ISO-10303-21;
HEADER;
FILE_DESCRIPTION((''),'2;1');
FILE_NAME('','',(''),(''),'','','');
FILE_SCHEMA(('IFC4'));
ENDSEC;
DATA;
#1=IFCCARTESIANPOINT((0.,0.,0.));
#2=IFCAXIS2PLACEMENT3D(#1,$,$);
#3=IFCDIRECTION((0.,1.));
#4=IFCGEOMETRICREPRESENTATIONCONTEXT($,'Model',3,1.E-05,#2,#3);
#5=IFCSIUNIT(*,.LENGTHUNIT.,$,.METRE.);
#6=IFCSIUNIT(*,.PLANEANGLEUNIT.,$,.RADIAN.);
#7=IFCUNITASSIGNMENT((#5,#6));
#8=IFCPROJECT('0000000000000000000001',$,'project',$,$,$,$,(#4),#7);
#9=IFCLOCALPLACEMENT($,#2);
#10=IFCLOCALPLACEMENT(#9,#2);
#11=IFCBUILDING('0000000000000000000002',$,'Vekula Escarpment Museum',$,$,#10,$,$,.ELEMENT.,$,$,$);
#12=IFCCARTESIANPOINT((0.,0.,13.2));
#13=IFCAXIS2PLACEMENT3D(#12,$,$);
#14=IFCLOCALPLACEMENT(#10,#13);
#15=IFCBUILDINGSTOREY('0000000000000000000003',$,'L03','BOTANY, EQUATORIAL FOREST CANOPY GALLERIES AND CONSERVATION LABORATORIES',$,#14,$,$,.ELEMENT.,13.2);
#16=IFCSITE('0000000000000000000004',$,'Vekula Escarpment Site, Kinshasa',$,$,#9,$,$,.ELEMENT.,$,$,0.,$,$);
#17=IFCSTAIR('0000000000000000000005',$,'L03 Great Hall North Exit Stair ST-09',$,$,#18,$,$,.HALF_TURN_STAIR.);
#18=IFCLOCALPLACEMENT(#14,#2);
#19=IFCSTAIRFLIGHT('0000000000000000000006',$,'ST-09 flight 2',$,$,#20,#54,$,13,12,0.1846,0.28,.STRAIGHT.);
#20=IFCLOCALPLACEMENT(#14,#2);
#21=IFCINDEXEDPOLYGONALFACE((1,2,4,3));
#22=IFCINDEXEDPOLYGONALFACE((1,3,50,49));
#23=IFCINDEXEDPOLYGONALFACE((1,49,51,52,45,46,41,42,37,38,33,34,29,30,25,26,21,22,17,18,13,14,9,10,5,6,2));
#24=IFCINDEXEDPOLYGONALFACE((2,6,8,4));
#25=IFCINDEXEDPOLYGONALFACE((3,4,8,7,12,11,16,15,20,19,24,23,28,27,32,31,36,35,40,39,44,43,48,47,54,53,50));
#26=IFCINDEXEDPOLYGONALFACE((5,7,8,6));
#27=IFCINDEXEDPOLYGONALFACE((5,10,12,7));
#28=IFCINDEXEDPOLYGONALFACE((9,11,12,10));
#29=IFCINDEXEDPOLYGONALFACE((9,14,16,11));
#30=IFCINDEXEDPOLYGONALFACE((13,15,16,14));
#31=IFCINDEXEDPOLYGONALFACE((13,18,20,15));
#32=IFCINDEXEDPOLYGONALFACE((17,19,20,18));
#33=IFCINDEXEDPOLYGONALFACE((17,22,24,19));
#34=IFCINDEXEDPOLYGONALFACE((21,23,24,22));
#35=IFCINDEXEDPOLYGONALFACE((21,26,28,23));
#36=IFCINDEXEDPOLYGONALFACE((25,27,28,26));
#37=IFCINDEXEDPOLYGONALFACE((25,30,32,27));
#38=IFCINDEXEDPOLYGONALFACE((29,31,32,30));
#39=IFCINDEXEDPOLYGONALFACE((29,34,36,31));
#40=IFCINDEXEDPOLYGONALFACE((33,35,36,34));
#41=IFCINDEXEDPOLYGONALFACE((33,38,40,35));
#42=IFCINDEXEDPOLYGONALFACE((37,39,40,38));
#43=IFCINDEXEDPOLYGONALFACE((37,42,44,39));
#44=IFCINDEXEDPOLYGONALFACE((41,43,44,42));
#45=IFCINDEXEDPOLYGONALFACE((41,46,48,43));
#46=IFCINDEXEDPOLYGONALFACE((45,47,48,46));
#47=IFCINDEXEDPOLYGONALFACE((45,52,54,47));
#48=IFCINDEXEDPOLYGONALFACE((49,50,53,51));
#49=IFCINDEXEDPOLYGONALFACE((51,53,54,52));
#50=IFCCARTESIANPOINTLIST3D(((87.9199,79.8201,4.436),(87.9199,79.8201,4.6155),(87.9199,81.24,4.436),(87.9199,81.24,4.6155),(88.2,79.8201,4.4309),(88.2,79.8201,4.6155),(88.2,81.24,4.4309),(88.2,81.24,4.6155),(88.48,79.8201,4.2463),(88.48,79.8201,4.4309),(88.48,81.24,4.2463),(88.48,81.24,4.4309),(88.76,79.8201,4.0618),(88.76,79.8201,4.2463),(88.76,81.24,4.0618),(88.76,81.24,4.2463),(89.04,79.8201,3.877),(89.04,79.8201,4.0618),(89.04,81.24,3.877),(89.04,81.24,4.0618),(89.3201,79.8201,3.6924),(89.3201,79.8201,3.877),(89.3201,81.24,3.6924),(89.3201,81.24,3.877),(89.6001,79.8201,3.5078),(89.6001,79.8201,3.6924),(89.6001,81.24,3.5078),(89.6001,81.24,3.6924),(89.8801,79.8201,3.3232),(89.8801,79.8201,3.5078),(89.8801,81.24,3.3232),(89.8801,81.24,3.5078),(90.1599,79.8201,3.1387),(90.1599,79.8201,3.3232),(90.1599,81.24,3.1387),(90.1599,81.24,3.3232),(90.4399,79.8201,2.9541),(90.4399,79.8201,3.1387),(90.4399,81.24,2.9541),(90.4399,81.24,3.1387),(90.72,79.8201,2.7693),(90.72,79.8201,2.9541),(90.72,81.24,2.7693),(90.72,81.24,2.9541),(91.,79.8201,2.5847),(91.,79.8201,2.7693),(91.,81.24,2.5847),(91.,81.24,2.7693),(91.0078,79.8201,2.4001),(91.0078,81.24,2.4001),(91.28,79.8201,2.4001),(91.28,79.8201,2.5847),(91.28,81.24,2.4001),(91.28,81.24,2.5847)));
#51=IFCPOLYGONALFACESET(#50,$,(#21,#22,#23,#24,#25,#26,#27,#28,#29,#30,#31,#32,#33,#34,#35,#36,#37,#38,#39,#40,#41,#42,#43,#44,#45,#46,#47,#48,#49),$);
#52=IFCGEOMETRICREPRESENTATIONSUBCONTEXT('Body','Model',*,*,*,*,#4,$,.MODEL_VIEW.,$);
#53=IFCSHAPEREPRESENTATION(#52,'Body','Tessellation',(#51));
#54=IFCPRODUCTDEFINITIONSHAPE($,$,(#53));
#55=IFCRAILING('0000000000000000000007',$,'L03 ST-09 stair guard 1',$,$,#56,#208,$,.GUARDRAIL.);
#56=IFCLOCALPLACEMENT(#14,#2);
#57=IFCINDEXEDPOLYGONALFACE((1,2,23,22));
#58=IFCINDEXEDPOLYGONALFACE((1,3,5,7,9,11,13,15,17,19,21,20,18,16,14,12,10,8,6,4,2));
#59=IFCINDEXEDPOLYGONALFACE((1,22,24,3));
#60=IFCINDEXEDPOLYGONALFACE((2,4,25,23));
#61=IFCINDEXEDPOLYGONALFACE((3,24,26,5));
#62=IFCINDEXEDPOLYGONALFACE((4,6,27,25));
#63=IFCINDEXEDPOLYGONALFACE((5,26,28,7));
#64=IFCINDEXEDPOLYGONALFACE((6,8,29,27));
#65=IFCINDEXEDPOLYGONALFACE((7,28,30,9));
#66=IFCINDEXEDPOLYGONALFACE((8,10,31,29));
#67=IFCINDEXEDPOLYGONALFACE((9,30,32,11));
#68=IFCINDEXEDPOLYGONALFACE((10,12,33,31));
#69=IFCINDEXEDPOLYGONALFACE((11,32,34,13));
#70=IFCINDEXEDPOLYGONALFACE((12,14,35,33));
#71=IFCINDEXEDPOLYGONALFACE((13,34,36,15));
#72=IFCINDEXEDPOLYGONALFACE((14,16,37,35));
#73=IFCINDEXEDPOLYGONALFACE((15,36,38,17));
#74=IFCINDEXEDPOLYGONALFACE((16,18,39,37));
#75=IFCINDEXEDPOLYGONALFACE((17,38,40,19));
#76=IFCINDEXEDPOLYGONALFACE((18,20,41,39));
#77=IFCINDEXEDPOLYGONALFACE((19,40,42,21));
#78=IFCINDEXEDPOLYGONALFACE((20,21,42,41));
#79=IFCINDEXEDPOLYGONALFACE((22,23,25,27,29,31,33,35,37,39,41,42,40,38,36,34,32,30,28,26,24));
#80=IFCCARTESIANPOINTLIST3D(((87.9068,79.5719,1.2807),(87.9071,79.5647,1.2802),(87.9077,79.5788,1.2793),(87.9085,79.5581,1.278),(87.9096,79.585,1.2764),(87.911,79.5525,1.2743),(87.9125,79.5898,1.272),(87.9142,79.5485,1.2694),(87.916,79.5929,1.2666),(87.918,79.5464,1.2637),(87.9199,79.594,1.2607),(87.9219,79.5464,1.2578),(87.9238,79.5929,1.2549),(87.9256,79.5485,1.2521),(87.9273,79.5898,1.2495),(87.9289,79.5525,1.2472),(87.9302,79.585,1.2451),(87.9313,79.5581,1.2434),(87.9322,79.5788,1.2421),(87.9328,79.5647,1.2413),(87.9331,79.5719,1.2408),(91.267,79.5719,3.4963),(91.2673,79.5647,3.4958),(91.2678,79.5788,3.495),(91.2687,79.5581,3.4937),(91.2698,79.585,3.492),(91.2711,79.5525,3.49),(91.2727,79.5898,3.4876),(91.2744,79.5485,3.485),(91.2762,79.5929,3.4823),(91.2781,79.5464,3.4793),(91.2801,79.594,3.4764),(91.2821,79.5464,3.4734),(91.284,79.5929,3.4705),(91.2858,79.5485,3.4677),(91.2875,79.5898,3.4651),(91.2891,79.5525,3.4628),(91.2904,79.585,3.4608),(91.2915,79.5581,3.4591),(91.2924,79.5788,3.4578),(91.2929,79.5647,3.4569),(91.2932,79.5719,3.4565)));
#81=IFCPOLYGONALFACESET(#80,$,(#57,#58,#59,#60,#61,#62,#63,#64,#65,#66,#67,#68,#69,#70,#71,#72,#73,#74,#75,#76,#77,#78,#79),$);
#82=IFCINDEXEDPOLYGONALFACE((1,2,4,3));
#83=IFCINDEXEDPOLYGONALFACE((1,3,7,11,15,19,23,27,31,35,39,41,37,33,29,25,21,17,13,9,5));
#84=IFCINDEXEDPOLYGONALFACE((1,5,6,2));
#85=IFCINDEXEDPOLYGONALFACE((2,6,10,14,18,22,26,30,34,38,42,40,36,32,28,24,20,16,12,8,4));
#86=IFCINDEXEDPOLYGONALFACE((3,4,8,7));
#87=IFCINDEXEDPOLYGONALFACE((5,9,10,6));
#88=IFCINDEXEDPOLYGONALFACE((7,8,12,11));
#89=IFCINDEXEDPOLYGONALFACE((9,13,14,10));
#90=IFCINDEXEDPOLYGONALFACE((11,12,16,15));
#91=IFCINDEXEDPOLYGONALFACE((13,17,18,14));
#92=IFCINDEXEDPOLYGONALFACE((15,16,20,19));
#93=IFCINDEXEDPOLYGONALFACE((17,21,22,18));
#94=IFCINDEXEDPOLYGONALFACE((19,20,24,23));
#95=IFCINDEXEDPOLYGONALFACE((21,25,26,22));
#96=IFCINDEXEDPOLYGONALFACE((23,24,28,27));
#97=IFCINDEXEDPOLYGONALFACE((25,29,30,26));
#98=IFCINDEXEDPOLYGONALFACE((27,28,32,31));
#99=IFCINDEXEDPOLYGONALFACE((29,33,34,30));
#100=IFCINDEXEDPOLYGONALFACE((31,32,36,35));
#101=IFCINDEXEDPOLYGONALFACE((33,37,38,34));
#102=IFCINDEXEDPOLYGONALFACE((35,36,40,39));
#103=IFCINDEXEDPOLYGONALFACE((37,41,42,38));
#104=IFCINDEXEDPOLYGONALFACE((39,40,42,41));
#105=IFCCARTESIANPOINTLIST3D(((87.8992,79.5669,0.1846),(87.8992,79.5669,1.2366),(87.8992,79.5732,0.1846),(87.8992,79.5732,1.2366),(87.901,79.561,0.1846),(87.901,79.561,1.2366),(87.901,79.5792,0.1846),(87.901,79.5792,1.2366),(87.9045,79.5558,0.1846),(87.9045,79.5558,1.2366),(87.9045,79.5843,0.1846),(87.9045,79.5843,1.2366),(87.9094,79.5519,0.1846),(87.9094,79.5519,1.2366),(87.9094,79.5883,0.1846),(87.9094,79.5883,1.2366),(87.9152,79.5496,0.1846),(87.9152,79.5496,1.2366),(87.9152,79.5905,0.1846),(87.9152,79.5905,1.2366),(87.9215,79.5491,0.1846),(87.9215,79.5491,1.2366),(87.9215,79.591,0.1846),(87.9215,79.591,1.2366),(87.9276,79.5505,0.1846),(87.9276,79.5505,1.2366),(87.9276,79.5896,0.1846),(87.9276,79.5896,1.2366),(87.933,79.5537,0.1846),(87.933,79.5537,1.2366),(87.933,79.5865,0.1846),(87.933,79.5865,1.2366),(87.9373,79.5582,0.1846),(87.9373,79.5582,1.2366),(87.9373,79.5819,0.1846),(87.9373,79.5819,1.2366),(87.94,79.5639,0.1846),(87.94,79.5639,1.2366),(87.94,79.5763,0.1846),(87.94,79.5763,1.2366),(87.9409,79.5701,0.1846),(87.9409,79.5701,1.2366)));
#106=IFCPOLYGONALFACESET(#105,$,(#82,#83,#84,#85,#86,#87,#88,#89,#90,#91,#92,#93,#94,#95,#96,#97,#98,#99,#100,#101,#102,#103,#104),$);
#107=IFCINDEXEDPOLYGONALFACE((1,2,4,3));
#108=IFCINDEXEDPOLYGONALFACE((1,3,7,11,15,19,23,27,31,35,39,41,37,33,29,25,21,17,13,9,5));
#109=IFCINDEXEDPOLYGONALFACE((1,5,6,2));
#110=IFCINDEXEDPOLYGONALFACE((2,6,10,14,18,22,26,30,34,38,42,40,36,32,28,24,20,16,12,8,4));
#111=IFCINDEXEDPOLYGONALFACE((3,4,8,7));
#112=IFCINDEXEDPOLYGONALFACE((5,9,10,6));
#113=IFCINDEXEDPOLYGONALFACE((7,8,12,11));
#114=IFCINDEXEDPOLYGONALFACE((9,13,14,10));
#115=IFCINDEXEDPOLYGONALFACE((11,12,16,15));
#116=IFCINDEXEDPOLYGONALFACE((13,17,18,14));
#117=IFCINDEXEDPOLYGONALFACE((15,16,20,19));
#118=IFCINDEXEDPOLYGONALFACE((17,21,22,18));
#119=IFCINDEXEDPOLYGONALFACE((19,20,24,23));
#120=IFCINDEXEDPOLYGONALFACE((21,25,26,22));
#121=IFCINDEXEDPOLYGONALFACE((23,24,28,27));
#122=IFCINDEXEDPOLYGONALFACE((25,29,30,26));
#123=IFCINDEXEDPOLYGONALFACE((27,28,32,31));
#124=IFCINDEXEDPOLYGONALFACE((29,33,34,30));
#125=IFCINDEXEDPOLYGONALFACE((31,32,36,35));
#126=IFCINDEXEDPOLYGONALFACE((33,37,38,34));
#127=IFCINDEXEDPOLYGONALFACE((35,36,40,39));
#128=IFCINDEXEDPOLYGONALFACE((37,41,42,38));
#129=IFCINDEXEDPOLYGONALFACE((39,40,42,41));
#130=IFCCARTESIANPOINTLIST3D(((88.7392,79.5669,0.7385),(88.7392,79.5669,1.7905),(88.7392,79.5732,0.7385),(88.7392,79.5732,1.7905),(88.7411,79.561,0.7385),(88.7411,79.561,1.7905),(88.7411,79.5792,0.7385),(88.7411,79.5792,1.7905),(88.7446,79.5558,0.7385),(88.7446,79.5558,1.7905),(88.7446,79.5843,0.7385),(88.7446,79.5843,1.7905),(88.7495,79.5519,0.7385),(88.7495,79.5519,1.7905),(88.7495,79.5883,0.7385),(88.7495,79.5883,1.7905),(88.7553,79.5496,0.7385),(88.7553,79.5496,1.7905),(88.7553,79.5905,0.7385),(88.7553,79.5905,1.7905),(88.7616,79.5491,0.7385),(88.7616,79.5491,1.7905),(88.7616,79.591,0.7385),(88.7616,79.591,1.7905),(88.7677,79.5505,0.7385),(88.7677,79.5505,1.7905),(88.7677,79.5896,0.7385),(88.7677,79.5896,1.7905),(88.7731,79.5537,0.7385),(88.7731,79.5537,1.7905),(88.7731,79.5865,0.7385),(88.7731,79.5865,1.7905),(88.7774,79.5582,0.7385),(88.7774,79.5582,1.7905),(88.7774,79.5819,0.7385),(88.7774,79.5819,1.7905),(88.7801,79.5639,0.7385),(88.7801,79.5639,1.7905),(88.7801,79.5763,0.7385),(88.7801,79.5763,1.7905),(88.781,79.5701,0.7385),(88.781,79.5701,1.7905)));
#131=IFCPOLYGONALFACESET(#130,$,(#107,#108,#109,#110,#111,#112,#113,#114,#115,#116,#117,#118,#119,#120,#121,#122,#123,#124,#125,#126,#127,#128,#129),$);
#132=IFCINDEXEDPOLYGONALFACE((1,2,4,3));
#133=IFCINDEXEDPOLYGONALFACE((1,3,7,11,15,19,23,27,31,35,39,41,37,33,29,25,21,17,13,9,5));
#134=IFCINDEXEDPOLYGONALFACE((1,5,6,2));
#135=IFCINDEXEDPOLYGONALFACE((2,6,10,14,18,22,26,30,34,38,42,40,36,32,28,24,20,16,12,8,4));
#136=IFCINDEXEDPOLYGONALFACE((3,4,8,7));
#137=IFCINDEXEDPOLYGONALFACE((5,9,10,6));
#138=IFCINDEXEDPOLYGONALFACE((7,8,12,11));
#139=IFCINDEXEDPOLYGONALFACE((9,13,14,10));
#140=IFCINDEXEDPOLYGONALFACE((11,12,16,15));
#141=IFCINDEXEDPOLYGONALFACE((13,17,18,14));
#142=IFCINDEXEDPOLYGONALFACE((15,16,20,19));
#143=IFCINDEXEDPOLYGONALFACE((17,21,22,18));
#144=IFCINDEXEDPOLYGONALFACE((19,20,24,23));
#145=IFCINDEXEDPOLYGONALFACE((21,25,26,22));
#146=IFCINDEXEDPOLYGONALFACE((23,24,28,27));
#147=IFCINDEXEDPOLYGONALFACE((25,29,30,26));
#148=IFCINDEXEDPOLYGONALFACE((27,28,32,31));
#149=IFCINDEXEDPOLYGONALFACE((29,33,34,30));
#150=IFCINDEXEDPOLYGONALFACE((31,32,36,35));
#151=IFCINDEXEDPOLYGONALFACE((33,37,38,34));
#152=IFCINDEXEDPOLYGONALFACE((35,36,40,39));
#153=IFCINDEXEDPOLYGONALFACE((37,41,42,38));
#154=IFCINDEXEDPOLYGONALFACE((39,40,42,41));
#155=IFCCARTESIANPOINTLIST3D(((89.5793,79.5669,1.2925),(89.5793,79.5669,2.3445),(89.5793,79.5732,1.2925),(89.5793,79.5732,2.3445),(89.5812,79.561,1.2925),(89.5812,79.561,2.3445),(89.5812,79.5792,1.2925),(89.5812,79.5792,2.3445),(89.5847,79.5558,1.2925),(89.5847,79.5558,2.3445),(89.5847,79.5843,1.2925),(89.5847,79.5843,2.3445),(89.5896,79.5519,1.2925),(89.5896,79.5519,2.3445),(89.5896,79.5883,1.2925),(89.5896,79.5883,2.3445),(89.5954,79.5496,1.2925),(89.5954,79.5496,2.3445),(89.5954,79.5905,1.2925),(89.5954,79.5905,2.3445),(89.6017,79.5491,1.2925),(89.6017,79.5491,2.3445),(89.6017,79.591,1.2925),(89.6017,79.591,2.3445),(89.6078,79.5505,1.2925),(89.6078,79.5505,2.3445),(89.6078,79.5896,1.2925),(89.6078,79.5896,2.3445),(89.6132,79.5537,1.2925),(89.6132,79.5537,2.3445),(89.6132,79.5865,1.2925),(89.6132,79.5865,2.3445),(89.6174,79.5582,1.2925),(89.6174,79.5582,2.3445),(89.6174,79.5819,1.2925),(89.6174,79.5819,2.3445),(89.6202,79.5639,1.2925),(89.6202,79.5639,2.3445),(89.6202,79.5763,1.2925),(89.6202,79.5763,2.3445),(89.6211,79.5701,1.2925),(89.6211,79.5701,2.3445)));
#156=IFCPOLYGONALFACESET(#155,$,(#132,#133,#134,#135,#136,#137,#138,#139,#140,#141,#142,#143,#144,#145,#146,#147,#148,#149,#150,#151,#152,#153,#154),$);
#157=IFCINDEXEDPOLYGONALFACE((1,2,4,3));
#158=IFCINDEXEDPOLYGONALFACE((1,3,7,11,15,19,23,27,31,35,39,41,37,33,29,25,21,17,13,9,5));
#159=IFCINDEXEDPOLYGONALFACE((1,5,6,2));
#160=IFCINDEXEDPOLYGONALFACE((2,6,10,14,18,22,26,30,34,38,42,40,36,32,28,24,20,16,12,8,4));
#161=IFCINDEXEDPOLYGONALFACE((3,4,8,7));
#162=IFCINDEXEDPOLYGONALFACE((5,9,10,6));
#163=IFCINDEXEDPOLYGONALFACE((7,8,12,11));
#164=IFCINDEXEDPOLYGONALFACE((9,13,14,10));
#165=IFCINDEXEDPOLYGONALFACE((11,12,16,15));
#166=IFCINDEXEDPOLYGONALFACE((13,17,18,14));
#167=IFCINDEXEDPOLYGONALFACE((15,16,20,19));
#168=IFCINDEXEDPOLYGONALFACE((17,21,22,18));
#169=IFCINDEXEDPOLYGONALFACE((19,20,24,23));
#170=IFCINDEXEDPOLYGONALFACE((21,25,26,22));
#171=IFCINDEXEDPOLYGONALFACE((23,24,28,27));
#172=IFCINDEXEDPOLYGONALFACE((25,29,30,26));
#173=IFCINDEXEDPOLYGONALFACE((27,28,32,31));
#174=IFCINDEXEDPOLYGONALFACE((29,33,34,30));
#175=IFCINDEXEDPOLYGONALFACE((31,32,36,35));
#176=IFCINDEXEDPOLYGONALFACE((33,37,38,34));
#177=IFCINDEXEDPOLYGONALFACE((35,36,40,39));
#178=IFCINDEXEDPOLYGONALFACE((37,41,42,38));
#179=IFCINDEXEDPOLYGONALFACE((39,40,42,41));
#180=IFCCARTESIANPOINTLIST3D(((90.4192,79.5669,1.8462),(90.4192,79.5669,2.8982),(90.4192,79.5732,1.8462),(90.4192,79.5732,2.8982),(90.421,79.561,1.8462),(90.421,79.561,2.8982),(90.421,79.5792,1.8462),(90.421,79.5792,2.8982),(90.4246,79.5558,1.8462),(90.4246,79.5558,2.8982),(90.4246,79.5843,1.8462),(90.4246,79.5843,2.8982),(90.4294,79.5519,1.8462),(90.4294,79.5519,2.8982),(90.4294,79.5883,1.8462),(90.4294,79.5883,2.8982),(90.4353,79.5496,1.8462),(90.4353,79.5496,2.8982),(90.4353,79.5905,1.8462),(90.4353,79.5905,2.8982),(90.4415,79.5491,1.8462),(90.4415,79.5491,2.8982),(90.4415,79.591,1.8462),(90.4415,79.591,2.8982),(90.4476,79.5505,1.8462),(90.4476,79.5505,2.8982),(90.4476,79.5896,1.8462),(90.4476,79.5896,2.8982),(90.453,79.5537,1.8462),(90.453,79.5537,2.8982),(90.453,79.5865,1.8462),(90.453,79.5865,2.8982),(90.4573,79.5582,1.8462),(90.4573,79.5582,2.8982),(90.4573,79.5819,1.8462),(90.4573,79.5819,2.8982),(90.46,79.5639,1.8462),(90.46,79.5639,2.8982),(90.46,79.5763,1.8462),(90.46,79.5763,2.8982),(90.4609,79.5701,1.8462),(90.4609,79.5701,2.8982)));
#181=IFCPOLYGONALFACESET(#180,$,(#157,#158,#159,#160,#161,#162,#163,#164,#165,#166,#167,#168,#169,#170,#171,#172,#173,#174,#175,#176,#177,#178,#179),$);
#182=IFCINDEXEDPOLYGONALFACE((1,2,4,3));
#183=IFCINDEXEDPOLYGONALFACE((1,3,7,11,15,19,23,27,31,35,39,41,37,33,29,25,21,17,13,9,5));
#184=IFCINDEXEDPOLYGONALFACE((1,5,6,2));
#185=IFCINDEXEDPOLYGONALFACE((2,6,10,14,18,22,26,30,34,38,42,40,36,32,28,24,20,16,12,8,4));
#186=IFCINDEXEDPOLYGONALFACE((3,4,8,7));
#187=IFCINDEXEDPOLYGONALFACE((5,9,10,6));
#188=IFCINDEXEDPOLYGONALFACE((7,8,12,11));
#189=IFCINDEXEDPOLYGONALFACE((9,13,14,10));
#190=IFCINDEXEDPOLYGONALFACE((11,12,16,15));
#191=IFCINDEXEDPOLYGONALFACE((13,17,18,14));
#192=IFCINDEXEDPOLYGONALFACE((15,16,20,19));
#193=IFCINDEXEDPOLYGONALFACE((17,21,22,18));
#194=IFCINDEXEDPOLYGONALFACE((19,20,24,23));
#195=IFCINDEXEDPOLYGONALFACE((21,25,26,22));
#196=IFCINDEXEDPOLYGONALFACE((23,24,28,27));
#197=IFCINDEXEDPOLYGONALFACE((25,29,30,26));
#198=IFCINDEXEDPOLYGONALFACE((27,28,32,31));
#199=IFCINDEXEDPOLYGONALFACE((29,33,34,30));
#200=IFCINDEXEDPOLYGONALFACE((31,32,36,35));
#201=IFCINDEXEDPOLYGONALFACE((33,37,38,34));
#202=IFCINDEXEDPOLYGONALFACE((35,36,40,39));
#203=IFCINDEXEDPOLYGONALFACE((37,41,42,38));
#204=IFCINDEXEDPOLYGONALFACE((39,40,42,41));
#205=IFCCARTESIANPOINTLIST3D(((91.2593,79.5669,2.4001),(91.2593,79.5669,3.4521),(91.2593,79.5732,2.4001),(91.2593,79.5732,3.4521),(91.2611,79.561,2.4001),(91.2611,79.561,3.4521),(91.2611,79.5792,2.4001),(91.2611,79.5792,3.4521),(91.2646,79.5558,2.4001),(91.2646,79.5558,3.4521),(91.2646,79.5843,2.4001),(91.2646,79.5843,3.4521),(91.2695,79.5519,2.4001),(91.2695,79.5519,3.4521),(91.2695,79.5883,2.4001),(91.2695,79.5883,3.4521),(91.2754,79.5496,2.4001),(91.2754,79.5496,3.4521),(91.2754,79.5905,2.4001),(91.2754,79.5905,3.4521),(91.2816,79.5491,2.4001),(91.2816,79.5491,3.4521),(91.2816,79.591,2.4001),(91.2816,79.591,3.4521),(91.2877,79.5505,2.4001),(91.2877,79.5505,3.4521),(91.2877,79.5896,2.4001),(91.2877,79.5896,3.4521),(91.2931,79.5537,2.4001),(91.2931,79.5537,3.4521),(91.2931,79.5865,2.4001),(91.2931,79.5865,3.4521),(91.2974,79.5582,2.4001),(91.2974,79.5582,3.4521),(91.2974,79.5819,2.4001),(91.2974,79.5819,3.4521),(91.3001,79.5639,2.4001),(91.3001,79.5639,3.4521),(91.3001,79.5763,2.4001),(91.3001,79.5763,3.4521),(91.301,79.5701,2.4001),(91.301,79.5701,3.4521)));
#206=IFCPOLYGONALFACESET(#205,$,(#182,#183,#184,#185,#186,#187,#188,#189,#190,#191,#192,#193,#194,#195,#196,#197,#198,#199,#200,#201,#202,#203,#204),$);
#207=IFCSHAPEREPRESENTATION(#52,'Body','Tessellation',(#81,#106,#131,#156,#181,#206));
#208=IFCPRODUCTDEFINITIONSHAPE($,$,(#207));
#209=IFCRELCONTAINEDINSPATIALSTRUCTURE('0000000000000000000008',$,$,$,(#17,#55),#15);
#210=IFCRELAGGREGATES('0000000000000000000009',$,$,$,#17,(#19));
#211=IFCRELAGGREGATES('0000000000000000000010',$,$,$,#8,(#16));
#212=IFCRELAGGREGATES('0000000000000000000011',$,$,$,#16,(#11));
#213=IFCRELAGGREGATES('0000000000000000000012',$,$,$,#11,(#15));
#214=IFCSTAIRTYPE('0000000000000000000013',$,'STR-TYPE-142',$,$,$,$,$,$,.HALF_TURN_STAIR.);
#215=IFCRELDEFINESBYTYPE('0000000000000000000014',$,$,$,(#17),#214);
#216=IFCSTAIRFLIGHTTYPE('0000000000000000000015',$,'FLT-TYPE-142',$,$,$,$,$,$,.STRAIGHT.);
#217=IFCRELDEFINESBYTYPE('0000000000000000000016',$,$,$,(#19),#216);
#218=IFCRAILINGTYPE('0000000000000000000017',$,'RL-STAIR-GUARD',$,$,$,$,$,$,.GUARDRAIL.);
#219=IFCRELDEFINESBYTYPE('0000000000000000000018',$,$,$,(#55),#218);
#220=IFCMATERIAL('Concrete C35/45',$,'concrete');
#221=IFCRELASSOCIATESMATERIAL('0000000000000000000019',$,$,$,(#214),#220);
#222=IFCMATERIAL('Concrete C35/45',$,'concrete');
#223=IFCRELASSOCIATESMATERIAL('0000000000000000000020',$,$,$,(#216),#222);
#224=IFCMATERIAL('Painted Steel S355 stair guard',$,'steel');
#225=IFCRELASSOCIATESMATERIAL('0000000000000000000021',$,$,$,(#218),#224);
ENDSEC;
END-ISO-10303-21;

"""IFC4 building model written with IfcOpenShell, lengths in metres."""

from ifc_helpers import new_model, si_unit, direction, frame, origin, origin_2d, place, context, subcontext, project, spatial, polyline, circle, outline, extrude, material, type_object, element, aggregate, save


model = new_model("IFC4")

# Units and contexts
model_context = context("Model", 3, precision=1e-05, world=origin(), true_north=direction((0.0, 1.0)))
body_context = subcontext(model_context, "Body", "Model", "MODEL_VIEW")
ifc_project = project(units=[si_unit("LENGTHUNIT", "METRE"), si_unit("PLANEANGLEUNIT", "RADIAN")], contexts=[model_context])

# Site, building, storey
site_placement = place(None, origin())
site = spatial("IfcSite", under=ifc_project, at=site_placement, Name="Vekula Escarpment Site, Kinshasa", CompositionType="ELEMENT", RefElevation=0.0)
building_placement = place(site_placement, origin())
building = spatial("IfcBuilding", under=site, at=building_placement, Name="Vekula Escarpment Museum", CompositionType="ELEMENT")
storey_placement = place(building_placement, frame((0.0, 0.0, 13.2)))
storey = spatial("IfcBuildingStorey", under=building, at=storey_placement, Name="L03", Description="BOTANY, EQUATORIAL FOREST CANOPY GALLERIES AND CONSERVATION LABORATORIES", CompositionType="ELEMENT", Elevation=13.2)

# Stair, stair flight
ifc_material_1 = material(Name="Concrete C35/45", Category="concrete")
stair_type = type_object("IfcStairType", Name="STR-TYPE-142", PredefinedType="HALF_TURN_STAIR", material=ifc_material_1)
stair_placement = place(storey_placement, origin())
stair = element("IfcStair", 1, at=stair_placement, inside=storey, type_object=stair_type, Name="L03 Great Hall North Exit Stair ST-09", PredefinedType="HALF_TURN_STAIR")
ifc_material_2 = material(Name="Concrete C35/45", Category="concrete")
stair_flight_type = type_object("IfcStairFlightType", Name="FLT-TYPE-142", PredefinedType="STRAIGHT", material=ifc_material_2)
stair_flight_1_placement = place(storey_placement, frame((91.28, 80.53, 2.4001), z_axis=(0.0, 0.0, 1.0), x_axis=(-1.0, 0.0, 0.0)))
stair_flight_1 = element("IfcStairFlight", 2, at=stair_flight_1_placement, type_object=stair_flight_type, Name="ST-09 flight 2", NumberOfRisers=13, NumberOfTreads=12, PredefinedType="STRAIGHT", RiserHeight=0.1846, TreadLength=0.28, context=body_context, shape_type="SweptSolid", body=[
    extrude(outline(polyline([(0.0, 0.0), (0.0, 0.1846), (0.28, 0.1846), (0.28, 0.3691), (0.5601, 0.3691), (0.5601, 0.554), (0.8401, 0.554), (0.8401, 0.7385), (1.1201, 0.7385), (1.1201, 0.9231), (1.3999, 0.9231), (1.3999, 1.1077), (1.6799, 1.1077), (1.6799, 1.2922), (1.96, 1.2922), (1.96, 1.4768), (2.24, 1.4768), (2.24, 1.6616), (2.52, 1.6616), (2.52, 1.8462), (2.8, 1.8462), (2.8, 2.0308), (3.0801, 2.0308), (3.0801, 2.2153), (3.3601, 2.2153), (3.3601, 2.3999), (3.3601, 2.0359), (0.2722, 0.0), (0.0, 0.0)])), frame((0.0, 0.71, 0.0), z_axis=(0.0, -1.0, 0.0), x_axis=(1.0, 0.0, 0.0)), (0.0, 0.0, 1.0), 1.4199),
])
aggregate(stair, [stair_flight_1])

# Railing
ifc_material_3 = material(Name="Painted Steel S355 stair guard", Category="steel")
railing_type_1 = type_object("IfcRailingType", Name="RL-STAIR-GUARD", PredefinedType="GUARDRAIL", material=ifc_material_3)
railing_1_placement = place(storey_placement, frame((87.9199, 79.5701, 0.1846)))
element("IfcRailing", 3, at=railing_1_placement, inside=storey, type_object=railing_type_1, Name="L03 ST-09 stair guard 1", PredefinedType="GUARDRAIL", context=body_context, shape_type="SweptSolid", body=[
    extrude(circle(Radius=0.0239, at=origin_2d()), frame((0.0, 0.0, 1.0762), z_axis=(0.834849, 0.0, 0.55048), x_axis=(0.0, 1.0, 0.0)), (0.0, 0.0, 1.0), 4.0249),
    extrude(circle(Radius=0.021, at=origin_2d()), origin(), (0.0, 0.0, 1.0), 1.052),
    extrude(circle(Radius=0.021, at=origin_2d()), frame((0.8401, 0.0, 0.554)), (0.0, 0.0, 1.0), 1.052),
    extrude(circle(Radius=0.021, at=origin_2d()), frame((1.6802, 0.0, 1.1079)), (0.0, 0.0, 1.0), 1.052),
    extrude(circle(Radius=0.021, at=origin_2d()), frame((2.52, 0.0, 1.6616)), (0.0, 0.0, 1.0), 1.052),
    extrude(circle(Radius=0.021, at=origin_2d()), frame((3.3601, 0.0, 2.2156)), (0.0, 0.0, 1.0), 1.052),
])

save(model, "model.ifc")
